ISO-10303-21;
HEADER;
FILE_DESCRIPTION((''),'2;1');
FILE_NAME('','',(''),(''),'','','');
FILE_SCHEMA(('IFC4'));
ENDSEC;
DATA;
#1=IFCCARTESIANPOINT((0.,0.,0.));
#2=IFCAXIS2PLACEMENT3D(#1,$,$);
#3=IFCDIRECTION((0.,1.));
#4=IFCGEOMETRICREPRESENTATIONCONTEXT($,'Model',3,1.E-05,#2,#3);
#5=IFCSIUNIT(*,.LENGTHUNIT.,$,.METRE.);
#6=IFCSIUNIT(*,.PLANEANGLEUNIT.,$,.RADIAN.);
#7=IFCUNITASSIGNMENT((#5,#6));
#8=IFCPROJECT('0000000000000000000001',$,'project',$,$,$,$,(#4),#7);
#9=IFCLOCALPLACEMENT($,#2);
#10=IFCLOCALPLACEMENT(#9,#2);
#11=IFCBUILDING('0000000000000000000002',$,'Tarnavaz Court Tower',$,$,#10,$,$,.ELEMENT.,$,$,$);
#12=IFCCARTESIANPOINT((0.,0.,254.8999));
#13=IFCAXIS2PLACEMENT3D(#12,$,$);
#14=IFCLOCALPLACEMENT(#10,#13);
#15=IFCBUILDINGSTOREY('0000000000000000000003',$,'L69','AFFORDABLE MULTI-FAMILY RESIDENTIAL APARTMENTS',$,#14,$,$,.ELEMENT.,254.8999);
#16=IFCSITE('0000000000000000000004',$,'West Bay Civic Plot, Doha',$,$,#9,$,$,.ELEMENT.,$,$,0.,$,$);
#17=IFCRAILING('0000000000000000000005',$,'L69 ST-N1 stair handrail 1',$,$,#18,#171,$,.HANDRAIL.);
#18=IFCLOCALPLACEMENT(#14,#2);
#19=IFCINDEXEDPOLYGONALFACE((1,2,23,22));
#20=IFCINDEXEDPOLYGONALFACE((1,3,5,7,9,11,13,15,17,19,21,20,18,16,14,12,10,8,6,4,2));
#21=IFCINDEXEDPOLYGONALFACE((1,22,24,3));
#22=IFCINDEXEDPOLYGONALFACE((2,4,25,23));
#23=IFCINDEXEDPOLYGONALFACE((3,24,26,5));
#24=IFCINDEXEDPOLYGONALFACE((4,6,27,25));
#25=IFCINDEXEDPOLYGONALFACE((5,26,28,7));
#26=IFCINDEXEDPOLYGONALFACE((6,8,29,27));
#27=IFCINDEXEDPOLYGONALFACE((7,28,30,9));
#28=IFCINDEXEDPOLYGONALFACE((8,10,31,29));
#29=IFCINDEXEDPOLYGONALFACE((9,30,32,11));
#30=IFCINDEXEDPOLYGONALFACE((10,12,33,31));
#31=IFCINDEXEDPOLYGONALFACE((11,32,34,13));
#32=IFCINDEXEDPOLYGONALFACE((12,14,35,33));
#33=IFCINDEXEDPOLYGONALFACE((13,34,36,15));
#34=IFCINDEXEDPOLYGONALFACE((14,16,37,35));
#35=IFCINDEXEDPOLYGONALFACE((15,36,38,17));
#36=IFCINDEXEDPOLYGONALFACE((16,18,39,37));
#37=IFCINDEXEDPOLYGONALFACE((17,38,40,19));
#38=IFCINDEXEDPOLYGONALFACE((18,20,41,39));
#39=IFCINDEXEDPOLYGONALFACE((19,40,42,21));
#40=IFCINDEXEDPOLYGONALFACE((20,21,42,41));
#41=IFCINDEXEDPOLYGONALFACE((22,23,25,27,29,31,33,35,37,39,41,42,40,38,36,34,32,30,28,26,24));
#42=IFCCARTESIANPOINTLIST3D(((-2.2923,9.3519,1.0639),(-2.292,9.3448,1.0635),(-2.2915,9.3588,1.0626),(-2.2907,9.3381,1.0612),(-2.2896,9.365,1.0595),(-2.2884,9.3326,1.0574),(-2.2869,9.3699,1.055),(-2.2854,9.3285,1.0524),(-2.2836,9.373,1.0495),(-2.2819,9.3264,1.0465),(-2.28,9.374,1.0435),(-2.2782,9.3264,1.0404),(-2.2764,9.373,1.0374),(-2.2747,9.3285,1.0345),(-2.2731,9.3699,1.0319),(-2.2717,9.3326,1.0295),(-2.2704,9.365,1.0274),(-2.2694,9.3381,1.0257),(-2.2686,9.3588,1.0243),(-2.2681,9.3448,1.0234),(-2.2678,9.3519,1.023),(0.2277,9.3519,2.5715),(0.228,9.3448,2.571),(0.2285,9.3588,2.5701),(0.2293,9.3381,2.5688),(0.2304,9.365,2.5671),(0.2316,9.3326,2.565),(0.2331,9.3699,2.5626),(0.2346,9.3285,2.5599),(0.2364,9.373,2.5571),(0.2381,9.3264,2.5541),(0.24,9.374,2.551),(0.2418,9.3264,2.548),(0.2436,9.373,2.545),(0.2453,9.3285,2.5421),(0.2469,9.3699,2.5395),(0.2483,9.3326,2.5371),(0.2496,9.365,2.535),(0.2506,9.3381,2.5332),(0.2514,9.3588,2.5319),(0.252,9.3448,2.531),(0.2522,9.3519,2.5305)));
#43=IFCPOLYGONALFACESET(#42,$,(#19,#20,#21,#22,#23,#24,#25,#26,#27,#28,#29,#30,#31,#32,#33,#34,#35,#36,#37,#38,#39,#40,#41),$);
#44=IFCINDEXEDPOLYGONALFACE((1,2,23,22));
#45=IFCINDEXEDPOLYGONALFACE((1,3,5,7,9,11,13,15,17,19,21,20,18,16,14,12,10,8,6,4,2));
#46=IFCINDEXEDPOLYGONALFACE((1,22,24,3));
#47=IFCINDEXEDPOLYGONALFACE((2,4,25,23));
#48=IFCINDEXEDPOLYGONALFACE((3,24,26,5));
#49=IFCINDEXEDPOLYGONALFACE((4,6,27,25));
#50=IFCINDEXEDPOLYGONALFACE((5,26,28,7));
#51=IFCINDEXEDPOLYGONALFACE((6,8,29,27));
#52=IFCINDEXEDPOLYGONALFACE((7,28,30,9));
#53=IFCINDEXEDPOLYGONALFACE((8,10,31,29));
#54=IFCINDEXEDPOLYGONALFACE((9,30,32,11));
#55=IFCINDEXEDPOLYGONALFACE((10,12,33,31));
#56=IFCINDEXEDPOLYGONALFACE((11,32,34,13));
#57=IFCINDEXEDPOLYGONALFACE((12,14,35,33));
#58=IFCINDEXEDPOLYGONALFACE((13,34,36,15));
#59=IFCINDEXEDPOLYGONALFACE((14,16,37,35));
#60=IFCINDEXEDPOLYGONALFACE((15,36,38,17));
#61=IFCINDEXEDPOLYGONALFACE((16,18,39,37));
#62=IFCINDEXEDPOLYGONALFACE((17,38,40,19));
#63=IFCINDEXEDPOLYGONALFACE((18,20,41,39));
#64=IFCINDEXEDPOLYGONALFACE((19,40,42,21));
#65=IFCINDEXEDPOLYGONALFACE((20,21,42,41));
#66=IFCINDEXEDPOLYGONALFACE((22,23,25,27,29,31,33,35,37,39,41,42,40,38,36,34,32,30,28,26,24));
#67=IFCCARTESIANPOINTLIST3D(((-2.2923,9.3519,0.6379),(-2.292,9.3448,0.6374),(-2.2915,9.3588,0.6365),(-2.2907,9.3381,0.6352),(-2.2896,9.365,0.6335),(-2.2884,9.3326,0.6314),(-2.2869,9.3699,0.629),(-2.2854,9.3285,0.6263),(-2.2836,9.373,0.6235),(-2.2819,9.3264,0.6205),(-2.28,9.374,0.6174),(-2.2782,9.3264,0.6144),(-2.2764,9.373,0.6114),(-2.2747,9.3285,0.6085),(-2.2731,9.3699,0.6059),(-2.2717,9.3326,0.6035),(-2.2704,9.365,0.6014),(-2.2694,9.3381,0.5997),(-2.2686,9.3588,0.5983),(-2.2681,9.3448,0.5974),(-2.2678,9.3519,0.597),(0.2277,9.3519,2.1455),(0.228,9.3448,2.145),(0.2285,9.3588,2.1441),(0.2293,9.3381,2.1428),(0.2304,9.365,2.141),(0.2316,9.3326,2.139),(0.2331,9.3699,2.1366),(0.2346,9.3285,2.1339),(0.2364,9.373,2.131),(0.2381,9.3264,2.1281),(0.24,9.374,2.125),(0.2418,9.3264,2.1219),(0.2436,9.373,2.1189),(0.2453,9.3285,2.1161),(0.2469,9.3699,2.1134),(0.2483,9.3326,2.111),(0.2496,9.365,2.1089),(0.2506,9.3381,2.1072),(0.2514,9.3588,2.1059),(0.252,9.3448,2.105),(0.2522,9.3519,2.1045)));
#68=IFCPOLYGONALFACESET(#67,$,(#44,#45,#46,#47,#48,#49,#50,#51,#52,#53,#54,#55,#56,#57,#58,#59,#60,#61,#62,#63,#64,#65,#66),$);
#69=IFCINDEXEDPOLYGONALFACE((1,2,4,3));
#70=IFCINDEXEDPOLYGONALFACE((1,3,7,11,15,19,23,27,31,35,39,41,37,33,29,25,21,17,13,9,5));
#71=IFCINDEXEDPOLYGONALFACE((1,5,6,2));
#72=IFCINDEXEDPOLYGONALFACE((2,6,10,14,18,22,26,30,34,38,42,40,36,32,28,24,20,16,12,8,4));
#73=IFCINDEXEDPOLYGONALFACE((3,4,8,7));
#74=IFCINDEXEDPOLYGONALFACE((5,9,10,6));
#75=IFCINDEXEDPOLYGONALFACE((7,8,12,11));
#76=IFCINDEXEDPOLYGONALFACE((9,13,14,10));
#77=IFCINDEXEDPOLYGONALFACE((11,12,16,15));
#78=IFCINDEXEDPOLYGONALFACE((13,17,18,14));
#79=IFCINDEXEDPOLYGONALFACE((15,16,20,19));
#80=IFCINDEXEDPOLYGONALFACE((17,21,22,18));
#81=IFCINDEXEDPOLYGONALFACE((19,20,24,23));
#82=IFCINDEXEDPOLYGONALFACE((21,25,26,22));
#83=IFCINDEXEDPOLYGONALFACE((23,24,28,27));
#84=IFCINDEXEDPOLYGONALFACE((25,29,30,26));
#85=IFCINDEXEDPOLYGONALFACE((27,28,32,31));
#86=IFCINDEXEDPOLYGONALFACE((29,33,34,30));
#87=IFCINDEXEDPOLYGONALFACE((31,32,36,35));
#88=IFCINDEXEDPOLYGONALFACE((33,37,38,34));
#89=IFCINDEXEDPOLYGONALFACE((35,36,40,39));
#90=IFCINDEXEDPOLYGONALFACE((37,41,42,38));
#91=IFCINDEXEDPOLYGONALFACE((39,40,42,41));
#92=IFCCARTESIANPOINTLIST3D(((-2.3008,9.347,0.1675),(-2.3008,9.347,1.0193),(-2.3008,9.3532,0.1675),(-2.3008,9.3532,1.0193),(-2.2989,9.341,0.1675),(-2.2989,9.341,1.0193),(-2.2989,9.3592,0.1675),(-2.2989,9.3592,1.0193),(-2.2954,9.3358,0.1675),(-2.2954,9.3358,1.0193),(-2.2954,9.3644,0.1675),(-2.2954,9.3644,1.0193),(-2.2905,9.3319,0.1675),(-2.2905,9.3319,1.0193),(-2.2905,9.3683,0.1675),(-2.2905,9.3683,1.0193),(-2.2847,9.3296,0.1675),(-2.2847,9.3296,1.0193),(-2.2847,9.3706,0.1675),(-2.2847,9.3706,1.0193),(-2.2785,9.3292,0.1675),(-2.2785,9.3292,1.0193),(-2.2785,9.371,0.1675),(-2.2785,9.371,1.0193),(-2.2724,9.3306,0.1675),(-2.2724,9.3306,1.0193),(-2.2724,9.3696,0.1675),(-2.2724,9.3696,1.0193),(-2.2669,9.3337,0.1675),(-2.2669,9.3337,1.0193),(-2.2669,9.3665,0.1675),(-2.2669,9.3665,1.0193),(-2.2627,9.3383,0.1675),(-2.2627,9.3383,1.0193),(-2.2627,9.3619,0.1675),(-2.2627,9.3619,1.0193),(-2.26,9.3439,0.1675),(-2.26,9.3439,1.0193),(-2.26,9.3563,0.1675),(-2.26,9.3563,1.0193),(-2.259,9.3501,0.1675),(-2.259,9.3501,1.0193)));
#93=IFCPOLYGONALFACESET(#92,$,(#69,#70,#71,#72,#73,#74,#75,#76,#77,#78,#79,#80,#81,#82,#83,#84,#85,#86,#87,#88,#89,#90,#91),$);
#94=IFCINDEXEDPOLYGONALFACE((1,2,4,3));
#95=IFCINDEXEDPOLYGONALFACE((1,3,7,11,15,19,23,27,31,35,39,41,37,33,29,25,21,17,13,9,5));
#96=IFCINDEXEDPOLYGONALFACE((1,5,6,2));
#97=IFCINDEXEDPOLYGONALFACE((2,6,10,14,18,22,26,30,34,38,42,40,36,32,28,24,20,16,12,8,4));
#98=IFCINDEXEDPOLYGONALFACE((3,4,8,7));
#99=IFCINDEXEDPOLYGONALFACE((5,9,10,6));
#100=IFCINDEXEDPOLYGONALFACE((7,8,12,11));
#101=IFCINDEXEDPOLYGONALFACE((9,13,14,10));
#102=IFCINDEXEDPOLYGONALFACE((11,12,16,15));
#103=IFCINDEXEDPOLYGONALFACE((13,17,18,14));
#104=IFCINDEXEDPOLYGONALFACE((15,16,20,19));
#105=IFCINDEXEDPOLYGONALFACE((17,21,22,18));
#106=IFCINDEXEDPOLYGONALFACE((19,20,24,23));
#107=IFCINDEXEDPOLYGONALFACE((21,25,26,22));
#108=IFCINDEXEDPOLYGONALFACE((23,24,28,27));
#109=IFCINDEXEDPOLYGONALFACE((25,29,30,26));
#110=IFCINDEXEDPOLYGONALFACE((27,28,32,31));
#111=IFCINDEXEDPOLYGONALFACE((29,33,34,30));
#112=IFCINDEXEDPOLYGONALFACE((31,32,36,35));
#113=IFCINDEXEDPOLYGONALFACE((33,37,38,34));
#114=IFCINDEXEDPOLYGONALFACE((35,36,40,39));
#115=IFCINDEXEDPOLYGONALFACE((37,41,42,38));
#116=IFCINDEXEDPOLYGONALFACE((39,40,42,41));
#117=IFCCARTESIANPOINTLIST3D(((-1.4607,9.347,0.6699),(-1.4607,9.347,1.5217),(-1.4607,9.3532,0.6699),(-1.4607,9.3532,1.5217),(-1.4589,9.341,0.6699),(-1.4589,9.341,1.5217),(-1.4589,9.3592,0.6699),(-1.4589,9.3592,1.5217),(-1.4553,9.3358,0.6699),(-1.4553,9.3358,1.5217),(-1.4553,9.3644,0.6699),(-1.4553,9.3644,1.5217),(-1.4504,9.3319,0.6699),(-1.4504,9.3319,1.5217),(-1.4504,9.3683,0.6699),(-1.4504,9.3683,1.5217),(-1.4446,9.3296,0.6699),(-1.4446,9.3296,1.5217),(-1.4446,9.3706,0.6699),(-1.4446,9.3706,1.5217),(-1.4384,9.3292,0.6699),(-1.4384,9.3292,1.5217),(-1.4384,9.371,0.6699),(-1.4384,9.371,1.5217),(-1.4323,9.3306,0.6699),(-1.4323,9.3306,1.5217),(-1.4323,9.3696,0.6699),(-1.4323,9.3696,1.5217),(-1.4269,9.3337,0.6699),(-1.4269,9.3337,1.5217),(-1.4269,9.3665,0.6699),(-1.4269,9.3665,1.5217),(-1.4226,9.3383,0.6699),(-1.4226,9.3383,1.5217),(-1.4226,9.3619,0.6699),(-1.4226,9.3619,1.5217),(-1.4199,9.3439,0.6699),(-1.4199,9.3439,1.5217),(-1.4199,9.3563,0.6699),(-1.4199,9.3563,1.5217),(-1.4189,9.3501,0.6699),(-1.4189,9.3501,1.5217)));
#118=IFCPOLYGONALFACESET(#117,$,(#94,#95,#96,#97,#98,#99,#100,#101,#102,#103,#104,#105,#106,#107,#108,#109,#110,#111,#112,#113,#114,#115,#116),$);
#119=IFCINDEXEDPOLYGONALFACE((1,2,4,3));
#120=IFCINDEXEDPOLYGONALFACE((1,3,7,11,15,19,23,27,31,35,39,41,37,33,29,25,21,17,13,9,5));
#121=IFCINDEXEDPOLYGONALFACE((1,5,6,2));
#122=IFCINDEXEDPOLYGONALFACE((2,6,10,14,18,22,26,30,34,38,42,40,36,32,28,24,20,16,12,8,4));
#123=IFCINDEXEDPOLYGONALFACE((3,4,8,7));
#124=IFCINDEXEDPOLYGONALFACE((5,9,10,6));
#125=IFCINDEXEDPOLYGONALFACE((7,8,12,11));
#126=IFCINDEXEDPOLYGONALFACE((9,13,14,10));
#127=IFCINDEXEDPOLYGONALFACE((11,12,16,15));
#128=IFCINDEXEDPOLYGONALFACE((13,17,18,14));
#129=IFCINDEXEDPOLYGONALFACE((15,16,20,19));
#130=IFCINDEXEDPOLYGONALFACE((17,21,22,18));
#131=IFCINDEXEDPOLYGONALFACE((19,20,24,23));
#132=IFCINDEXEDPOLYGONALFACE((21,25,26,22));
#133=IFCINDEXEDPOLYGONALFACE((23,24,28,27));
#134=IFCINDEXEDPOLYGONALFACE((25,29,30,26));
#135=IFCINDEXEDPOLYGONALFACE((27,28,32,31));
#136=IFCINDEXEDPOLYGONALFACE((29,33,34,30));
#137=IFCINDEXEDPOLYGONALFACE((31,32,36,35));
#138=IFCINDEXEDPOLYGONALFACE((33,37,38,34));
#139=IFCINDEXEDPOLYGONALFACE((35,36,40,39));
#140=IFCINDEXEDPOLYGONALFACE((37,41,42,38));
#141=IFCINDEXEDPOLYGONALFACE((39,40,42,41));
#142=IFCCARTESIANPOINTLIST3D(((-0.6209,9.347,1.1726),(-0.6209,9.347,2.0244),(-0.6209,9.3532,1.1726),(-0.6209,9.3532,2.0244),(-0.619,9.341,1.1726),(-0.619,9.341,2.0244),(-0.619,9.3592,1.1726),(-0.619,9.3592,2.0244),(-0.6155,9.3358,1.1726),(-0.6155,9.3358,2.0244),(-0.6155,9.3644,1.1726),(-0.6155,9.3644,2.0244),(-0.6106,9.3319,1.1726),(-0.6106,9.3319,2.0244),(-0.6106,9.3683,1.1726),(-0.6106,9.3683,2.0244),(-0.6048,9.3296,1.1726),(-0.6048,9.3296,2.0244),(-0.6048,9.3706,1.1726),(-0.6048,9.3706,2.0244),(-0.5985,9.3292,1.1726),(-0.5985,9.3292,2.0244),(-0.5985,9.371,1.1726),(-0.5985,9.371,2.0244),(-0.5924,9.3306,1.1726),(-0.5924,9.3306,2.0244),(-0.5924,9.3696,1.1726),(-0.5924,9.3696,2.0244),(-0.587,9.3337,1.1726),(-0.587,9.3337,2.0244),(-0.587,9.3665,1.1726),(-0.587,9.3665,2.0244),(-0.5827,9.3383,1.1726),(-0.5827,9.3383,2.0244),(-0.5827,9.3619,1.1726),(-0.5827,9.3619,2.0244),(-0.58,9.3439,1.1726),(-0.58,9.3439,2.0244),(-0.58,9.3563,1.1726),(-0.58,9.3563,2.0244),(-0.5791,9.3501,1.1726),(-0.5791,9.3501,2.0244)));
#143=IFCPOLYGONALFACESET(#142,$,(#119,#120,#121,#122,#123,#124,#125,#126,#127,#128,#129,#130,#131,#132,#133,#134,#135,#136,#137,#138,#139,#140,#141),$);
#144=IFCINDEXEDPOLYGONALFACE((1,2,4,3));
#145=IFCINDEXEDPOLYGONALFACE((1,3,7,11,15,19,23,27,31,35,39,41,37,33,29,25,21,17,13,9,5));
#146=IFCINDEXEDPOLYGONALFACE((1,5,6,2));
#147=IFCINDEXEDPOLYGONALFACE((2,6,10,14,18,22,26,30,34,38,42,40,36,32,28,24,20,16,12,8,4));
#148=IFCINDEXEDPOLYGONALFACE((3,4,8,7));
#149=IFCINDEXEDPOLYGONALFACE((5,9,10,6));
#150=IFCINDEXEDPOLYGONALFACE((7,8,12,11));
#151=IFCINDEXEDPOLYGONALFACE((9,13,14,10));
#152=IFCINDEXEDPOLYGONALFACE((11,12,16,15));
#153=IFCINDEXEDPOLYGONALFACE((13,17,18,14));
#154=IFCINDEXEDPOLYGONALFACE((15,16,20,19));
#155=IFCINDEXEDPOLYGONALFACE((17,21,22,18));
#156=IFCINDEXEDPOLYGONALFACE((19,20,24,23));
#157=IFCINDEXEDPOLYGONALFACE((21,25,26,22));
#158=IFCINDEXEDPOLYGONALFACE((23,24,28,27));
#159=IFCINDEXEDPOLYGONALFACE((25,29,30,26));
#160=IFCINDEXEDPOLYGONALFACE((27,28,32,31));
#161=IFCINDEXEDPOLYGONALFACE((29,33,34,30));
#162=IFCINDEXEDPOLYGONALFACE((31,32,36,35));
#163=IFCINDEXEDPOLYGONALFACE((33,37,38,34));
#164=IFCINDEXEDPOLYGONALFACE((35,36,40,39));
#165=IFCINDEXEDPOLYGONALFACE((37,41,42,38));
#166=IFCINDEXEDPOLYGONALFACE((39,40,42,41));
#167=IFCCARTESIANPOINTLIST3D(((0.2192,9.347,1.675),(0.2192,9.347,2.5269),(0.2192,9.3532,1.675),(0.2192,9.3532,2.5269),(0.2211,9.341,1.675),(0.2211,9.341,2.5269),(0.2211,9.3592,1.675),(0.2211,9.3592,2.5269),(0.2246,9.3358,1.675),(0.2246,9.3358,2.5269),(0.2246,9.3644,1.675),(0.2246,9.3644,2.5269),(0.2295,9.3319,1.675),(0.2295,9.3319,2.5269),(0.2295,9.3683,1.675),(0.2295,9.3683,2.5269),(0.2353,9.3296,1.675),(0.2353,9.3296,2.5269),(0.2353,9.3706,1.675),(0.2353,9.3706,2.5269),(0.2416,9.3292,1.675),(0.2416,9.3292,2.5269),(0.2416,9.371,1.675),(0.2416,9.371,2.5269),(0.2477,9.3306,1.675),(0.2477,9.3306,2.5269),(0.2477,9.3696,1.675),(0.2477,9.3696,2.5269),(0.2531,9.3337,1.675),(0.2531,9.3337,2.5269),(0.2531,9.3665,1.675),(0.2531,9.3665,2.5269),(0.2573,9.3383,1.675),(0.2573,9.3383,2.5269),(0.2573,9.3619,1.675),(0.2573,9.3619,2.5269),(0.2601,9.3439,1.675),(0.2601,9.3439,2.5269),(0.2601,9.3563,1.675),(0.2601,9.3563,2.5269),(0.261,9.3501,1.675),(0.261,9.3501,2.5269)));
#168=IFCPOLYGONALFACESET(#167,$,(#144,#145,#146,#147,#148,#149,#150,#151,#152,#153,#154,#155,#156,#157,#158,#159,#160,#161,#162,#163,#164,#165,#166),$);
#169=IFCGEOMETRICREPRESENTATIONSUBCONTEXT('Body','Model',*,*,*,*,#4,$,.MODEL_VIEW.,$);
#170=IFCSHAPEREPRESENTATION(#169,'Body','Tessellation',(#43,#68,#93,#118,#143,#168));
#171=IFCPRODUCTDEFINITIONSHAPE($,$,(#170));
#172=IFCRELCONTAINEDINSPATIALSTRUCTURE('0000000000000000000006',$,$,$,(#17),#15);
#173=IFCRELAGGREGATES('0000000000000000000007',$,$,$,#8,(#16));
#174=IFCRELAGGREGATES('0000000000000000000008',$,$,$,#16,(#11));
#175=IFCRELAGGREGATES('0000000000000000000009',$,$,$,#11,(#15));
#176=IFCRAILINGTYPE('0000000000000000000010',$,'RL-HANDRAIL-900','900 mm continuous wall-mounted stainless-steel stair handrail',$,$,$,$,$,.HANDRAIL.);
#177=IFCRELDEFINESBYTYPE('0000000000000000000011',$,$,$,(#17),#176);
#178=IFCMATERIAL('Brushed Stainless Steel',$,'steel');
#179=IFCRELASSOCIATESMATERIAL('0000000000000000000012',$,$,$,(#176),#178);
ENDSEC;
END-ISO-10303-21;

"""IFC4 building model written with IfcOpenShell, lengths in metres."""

from ifc_helpers import new_model, si_unit, direction, frame, origin, origin_2d, place, context, subcontext, project, spatial, circle, extrude, material, type_object, element, save


model = new_model("IFC4")

# Units and contexts
model_context = context("Model", 3, precision=1e-05, world=origin(), true_north=direction((0.0, 1.0)))
body_context = subcontext(model_context, "Body", "Model", "MODEL_VIEW")
ifc_project = project(units=[si_unit("LENGTHUNIT", "METRE"), si_unit("PLANEANGLEUNIT", "RADIAN")], contexts=[model_context])

# Site, building, storey
site_placement = place(None, origin())
site = spatial("IfcSite", under=ifc_project, at=site_placement, Name="West Bay Civic Plot, Doha", CompositionType="ELEMENT", RefElevation=0.0)
building_placement = place(site_placement, origin())
building = spatial("IfcBuilding", under=site, at=building_placement, Name="Tarnavaz Court Tower", CompositionType="ELEMENT")
storey_placement = place(building_placement, frame((0.0, 0.0, 254.8999)))
storey = spatial("IfcBuildingStorey", under=building, at=storey_placement, Name="L69", Description="AFFORDABLE MULTI-FAMILY RESIDENTIAL APARTMENTS", CompositionType="ELEMENT", Elevation=254.8999)

# Railing
ifc_material_1 = material(Name="Brushed Stainless Steel", Category="steel")
railing_type_1 = type_object("IfcRailingType", Name="RL-HANDRAIL-900", Description="900 mm continuous wall-mounted stainless-steel stair handrail", PredefinedType="HANDRAIL", material=ifc_material_1)
railing_1_placement = place(storey_placement, frame((-2.28, 9.3501, 0.1675)))
element("IfcRailing", 1, at=railing_1_placement, inside=storey, type_object=railing_type_1, Name="L69 ST-N1 stair handrail 1", PredefinedType="HANDRAIL", context=body_context, shape_type="SweptSolid", body=[
    extrude(circle(Radius=0.0239, at=origin_2d()), frame((0.0, 0.0, 0.876), z_axis=(0.85816, 0.0, 0.513383), x_axis=(0.0, 1.0, 0.0)), (0.0, 0.0, 1.0), 2.9365),
    extrude(circle(Radius=0.0239, at=origin_2d()), frame((0.0, 0.0, 0.45), z_axis=(0.85816, 0.0, 0.513383), x_axis=(0.0, 1.0, 0.0)), (0.0, 0.0, 1.0), 2.9365),
    extrude(circle(Radius=0.021, at=origin_2d()), origin(), (0.0, 0.0, 1.0), 0.8518),
    extrude(circle(Radius=0.021, at=origin_2d()), frame((0.8401, 0.0, 0.5024)), (0.0, 0.0, 1.0), 0.8518),
    extrude(circle(Radius=0.021, at=origin_2d()), frame((1.6799, 0.0, 1.0051)), (0.0, 0.0, 1.0), 0.8518),
    extrude(circle(Radius=0.021, at=origin_2d()), frame((2.52, 0.0, 1.5076)), (0.0, 0.0, 1.0), 0.8518),
])

save(model, "model.ifc")
